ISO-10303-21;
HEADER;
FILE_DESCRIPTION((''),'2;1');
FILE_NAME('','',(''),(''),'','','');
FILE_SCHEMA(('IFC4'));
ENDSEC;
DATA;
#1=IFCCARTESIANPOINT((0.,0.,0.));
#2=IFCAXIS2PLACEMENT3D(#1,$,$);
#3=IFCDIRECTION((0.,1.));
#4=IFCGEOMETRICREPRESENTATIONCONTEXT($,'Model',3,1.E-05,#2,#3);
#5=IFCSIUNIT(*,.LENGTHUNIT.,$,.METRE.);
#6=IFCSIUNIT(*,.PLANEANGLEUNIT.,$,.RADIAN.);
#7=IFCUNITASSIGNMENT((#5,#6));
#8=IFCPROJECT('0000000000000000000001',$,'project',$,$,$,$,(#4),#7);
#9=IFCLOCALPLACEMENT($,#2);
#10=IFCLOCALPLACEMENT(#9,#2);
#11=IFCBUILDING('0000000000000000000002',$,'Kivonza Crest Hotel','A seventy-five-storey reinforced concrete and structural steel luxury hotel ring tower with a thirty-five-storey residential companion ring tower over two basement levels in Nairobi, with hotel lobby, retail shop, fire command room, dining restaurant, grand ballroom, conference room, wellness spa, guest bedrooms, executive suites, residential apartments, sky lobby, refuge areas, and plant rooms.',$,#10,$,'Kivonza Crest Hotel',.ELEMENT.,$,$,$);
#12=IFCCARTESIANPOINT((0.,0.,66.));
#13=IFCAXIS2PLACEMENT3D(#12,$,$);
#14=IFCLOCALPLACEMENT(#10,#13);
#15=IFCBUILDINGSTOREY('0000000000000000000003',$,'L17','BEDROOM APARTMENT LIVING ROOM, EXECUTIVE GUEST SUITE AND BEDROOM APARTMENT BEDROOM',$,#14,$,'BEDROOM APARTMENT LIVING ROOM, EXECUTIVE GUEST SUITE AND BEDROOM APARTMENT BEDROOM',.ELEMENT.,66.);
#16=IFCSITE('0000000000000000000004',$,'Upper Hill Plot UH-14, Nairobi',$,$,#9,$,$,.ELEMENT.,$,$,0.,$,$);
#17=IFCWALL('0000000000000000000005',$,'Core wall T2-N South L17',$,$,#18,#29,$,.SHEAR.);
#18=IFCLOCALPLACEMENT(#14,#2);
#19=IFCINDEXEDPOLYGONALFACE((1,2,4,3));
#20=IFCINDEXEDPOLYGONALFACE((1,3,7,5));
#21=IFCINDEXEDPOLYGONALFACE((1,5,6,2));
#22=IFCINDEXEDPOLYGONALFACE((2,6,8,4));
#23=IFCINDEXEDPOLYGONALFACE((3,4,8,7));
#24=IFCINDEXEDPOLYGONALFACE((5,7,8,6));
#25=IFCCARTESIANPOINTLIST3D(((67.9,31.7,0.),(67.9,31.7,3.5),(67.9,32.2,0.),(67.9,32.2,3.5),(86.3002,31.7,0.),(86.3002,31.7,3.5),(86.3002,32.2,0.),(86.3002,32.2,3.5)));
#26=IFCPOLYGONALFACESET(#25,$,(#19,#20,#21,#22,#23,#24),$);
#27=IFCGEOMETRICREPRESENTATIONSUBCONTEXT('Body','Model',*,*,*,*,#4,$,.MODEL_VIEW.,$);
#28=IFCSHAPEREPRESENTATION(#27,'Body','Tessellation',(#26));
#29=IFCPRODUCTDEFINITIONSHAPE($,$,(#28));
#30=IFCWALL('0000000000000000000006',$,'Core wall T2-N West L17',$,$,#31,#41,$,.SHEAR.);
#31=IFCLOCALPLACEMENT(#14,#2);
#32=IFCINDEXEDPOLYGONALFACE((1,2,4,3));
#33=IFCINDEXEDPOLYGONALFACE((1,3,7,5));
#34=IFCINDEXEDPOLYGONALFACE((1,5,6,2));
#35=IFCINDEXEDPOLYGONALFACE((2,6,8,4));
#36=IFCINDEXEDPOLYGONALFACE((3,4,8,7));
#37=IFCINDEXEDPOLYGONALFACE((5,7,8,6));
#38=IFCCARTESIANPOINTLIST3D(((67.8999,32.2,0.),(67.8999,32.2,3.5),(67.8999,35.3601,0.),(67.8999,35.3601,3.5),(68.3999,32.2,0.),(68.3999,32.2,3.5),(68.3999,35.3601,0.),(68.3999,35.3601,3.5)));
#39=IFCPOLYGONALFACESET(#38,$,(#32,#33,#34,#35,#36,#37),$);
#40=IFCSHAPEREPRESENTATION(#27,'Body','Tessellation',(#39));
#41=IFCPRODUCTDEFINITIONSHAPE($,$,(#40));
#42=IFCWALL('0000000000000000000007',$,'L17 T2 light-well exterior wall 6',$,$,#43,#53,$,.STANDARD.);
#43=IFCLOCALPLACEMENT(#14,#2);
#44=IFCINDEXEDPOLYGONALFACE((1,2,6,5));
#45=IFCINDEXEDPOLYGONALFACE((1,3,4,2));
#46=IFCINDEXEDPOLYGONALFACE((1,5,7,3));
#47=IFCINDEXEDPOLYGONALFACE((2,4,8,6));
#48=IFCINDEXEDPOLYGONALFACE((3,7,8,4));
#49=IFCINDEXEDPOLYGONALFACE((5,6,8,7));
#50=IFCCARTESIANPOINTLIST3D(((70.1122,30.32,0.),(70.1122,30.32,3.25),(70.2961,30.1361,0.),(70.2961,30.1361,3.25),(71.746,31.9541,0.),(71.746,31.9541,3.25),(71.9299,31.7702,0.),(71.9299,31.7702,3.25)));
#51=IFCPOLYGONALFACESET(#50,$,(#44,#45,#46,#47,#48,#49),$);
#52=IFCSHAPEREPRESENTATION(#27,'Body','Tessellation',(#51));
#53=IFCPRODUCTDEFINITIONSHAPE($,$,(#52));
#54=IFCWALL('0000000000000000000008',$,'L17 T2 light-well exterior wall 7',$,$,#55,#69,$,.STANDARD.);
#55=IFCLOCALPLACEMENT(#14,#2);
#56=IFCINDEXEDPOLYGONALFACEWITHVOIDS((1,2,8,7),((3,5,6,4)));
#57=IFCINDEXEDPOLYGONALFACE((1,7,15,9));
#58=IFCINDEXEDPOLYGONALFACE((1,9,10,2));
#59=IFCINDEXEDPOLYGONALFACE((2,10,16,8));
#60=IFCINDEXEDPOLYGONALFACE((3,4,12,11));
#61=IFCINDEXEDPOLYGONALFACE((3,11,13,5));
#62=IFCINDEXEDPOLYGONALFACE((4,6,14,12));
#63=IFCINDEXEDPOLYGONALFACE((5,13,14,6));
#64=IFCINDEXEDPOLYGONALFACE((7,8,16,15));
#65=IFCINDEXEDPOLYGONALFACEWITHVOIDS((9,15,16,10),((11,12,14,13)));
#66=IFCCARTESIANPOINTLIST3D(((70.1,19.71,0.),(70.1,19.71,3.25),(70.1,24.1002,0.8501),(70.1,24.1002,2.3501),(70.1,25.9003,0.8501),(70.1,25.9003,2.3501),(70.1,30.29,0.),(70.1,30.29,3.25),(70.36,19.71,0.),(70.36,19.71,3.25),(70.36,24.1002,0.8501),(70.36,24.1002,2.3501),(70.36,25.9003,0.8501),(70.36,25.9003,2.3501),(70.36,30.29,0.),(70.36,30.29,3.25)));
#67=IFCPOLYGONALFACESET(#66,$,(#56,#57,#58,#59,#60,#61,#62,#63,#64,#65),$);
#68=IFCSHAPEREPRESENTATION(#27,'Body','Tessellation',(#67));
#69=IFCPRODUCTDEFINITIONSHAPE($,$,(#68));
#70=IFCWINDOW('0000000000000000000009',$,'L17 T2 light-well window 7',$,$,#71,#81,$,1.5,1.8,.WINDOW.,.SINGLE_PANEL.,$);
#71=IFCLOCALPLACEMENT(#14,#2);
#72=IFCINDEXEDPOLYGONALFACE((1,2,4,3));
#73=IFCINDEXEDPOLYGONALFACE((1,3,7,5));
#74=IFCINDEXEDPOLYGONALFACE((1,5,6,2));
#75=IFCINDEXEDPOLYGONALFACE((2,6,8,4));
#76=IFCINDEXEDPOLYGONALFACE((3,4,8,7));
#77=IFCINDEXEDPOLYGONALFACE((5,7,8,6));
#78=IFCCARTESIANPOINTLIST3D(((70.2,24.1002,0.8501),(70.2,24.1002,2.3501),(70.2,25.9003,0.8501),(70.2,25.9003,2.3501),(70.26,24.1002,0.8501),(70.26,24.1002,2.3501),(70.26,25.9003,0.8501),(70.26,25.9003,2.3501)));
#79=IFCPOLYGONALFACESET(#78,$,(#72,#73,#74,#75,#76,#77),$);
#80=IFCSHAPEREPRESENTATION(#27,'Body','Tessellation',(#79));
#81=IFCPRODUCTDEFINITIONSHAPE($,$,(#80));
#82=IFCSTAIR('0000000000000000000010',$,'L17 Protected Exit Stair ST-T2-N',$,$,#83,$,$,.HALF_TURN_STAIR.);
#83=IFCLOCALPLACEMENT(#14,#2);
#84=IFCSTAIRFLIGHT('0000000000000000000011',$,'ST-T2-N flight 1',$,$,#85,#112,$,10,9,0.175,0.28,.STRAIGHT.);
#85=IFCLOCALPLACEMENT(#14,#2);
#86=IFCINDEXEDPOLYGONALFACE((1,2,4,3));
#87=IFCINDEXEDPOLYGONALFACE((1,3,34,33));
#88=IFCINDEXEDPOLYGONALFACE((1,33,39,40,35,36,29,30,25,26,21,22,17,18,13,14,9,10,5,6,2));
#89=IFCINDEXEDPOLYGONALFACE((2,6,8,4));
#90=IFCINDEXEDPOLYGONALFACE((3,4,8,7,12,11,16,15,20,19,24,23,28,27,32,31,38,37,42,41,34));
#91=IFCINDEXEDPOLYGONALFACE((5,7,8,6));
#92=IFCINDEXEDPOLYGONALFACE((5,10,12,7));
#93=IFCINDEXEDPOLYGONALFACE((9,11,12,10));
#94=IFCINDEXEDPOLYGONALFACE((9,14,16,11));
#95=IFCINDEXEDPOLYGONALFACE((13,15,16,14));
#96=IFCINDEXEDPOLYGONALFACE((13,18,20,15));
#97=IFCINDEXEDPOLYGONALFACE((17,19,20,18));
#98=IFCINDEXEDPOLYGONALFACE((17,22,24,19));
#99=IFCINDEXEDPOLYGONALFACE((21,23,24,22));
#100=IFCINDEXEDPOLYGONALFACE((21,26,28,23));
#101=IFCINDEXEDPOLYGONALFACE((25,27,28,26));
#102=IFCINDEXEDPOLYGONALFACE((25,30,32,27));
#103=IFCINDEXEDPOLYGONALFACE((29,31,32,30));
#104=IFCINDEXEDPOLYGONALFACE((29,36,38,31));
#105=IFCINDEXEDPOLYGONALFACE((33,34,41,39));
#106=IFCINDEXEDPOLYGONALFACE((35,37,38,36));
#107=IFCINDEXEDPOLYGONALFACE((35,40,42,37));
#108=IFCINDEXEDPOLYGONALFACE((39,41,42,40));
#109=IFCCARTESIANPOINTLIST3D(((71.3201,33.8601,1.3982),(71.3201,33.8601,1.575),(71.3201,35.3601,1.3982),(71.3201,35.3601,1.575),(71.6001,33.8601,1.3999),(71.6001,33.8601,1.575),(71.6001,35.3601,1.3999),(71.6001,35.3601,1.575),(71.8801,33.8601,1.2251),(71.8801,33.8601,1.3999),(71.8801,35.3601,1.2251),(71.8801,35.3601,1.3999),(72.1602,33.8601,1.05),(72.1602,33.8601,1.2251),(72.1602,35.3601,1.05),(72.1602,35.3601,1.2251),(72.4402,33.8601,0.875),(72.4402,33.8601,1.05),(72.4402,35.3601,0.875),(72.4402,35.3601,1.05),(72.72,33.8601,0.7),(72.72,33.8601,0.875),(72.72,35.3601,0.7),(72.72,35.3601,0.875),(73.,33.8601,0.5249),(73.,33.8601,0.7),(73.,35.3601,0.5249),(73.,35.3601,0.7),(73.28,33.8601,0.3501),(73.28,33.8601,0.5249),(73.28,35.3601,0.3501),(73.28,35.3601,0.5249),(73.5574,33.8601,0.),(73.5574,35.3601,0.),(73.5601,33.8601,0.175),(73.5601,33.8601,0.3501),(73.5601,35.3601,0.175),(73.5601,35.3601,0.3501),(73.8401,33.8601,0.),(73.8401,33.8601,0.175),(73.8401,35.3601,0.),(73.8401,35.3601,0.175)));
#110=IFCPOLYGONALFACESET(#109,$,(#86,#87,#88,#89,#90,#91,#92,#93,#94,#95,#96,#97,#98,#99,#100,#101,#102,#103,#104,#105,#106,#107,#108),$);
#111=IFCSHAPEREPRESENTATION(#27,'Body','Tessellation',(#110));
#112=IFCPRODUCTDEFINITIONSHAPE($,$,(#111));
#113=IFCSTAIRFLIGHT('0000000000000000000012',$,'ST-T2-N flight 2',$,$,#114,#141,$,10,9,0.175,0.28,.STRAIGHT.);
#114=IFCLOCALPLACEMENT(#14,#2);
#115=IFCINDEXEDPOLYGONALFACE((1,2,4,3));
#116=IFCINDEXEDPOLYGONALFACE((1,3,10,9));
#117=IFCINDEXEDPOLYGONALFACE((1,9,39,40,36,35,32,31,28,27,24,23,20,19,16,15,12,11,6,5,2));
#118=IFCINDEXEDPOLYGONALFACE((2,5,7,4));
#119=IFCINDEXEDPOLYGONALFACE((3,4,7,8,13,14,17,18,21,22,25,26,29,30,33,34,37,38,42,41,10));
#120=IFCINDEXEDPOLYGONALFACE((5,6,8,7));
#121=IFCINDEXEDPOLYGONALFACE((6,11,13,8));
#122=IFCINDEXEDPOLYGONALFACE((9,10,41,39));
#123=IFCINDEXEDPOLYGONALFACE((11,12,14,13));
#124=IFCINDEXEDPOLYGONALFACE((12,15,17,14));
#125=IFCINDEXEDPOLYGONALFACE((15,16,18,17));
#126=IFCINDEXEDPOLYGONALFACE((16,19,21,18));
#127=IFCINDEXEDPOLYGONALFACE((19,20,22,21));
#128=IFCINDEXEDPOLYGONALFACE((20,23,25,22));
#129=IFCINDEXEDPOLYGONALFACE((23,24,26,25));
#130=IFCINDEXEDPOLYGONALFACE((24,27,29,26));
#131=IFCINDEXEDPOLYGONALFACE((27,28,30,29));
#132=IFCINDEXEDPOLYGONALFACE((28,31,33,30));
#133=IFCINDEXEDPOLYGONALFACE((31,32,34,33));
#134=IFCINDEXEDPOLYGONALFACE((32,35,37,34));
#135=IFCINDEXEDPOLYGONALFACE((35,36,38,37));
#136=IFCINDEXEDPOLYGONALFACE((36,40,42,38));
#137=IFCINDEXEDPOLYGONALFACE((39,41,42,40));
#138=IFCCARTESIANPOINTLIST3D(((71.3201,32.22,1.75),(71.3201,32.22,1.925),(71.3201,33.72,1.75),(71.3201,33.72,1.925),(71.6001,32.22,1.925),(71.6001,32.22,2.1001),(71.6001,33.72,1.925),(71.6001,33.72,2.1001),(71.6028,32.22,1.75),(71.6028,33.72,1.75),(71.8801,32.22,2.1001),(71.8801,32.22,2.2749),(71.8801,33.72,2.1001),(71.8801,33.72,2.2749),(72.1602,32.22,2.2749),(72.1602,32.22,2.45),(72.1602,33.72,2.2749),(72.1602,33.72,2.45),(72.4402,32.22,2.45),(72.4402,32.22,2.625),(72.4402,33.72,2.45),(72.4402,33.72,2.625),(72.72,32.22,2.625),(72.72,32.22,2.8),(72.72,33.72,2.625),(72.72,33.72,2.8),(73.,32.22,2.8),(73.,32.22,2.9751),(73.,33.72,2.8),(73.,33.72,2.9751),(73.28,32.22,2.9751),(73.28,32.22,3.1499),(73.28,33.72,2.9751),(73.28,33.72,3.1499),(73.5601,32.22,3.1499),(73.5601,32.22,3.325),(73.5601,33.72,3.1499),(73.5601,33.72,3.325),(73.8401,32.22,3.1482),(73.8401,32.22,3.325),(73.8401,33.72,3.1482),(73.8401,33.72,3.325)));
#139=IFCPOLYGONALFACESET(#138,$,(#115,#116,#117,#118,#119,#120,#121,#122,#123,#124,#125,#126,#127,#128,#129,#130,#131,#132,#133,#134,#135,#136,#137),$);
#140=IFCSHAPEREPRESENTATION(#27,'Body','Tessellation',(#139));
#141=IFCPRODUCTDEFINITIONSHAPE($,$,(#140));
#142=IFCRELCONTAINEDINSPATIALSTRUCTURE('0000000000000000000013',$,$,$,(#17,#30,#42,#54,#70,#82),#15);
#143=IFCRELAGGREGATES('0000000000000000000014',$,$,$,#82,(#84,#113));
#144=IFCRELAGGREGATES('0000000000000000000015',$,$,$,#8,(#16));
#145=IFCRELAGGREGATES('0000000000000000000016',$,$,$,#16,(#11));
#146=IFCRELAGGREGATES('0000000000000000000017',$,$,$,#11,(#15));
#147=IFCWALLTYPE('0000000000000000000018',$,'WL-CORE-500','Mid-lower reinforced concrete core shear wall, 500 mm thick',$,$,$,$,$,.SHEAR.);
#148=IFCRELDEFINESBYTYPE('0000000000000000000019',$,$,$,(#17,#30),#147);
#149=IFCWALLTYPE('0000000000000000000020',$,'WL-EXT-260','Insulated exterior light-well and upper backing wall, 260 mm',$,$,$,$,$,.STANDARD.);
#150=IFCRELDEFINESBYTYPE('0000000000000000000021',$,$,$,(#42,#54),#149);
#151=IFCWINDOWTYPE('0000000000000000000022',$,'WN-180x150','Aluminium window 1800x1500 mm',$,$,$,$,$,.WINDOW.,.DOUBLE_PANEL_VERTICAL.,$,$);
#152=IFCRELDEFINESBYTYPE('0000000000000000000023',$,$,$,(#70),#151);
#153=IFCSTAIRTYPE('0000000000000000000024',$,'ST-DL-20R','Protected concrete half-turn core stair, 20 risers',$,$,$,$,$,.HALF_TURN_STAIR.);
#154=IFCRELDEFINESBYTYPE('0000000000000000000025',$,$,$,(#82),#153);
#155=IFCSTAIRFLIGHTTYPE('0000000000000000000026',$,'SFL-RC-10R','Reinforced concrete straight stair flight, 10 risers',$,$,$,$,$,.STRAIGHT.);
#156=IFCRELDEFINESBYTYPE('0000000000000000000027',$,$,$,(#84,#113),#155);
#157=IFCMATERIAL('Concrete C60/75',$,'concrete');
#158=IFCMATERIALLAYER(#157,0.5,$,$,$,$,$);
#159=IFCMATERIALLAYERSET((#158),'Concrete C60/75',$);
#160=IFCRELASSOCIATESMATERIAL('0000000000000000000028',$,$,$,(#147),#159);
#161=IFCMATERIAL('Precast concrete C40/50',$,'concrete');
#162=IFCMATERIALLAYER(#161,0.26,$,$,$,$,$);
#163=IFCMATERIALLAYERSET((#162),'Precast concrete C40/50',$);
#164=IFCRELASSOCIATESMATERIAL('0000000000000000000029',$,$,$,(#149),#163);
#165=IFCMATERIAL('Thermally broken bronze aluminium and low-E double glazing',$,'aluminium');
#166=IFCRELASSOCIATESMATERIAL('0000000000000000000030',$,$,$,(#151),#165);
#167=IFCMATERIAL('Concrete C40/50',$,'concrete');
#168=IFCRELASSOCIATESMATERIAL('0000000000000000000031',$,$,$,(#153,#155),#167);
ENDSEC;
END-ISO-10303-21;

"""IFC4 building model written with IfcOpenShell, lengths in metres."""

from ifc_helpers import new_model, si_unit, direction, frame, frame_2d, origin, place, context, subcontext, project, spatial, polyline, rectangle, outline, extrude, material, layer, layer_set, type_object, element, fill, aggregate, save


model = new_model("IFC4")

# Units and contexts
model_context = context("Model", 3, precision=1e-05, world=origin(), true_north=direction((0.0, 1.0)))
body_context = subcontext(model_context, "Body", "Model", "MODEL_VIEW")
ifc_project = project(units=[si_unit("LENGTHUNIT", "METRE"), si_unit("PLANEANGLEUNIT", "RADIAN")], contexts=[model_context])

# Site, building, storey
site_placement = place(None, origin())
site = spatial("IfcSite", under=ifc_project, at=site_placement, Name="Upper Hill Plot UH-14, Nairobi", CompositionType="ELEMENT", RefElevation=0.0)
building_placement = place(site_placement, origin())
building = spatial("IfcBuilding", under=site, at=building_placement, Name="Kivonza Crest Hotel", Description="A seventy-five-storey reinforced concrete and structural steel luxury hotel ring tower with a thirty-five-storey residential companion ring tower over two basement levels in Nairobi, with hotel lobby, retail shop, fire command room, dining restaurant, grand ballroom, conference room, wellness spa, guest bedrooms, executive suites, residential apartments, sky lobby, refuge areas, and plant rooms.", LongName="Kivonza Crest Hotel", CompositionType="ELEMENT")
storey_placement = place(building_placement, frame((0.0, 0.0, 66.0)))
storey = spatial("IfcBuildingStorey", under=building, at=storey_placement, Name="L17", Description="BEDROOM APARTMENT LIVING ROOM, EXECUTIVE GUEST SUITE AND BEDROOM APARTMENT BEDROOM", LongName="BEDROOM APARTMENT LIVING ROOM, EXECUTIVE GUEST SUITE AND BEDROOM APARTMENT BEDROOM", CompositionType="ELEMENT", Elevation=66.0)

# Walls
ifc_material_1 = material(Name="Concrete C60/75", Category="concrete")
ifc_layer_1 = layer(ifc_material_1, 0.5)
ifc_layer_set_1 = layer_set([ifc_layer_1], Name="Concrete C60/75")
wall_type_1 = type_object("IfcWallType", Name="WL-CORE-500", Description="Mid-lower reinforced concrete core shear wall, 500 mm thick", PredefinedType="SHEAR", material=ifc_layer_set_1)
wall_1_placement = place(storey_placement, frame((67.8999, 31.95, 0.0), z_axis=(0.0, 0.0, 1.0), x_axis=(1.0, 0.0, 0.0)))
element("IfcWall", 1, at=wall_1_placement, inside=storey, type_object=wall_type_1, Name="Core wall T2-N South L17", PredefinedType="SHEAR", context=body_context, shape_type="SweptSolid", body=[
    extrude(rectangle(XDim=18.4001, YDim=0.5, at=frame_2d((9.2002, 0.0))), origin(), (0.0, 0.0, 1.0), 3.5),
])
wall_2_placement = place(storey_placement, frame((68.1499, 32.2, 0.0), z_axis=(0.0, 0.0, 1.0), x_axis=(0.0, 1.0, 0.0)))
element("IfcWall", 2, at=wall_2_placement, inside=storey, type_object=wall_type_1, Name="Core wall T2-N West L17", PredefinedType="SHEAR", context=body_context, shape_type="SweptSolid", body=[
    extrude(rectangle(XDim=3.1602, YDim=0.5, at=frame_2d((1.5801, 0.0))), origin(), (0.0, 0.0, 1.0), 3.5),
])
ifc_material_2 = material(Name="Precast concrete C40/50", Category="concrete")
ifc_layer_2 = layer(ifc_material_2, 0.26)
ifc_layer_set_2 = layer_set([ifc_layer_2], Name="Precast concrete C40/50")
wall_type_2 = type_object("IfcWallType", Name="WL-EXT-260", Description="Insulated exterior light-well and upper backing wall, 260 mm", PredefinedType="STANDARD", material=ifc_layer_set_2)
wall_3_placement = place(storey_placement, frame((71.8379, 31.8621, 0.0), z_axis=(0.0, 0.0, 1.0), x_axis=(-0.707054, -0.70716, 0.0)))
element("IfcWall", 3, at=wall_3_placement, inside=storey, type_object=wall_type_2, Name="L17 T2 light-well exterior wall 6", PredefinedType="STANDARD", context=body_context, shape_type="SweptSolid", body=[
    extrude(rectangle(XDim=2.3108, YDim=0.26, at=frame_2d((1.1553, 0.0))), origin(), (0.0, 0.0, 1.0), 3.25),
])

# Wall, opening, window
wall_4_placement = place(storey_placement, frame((70.23, 30.29, 0.0), z_axis=(0.0, 0.0, 1.0), x_axis=(0.0, -1.0, 0.0)))
wall_4 = element("IfcWall", 4, at=wall_4_placement, inside=storey, type_object=wall_type_2, Name="L17 T2 light-well exterior wall 7", PredefinedType="STANDARD", context=body_context, shape_type="SweptSolid", body=[
    extrude(rectangle(XDim=10.5801, YDim=0.26, at=frame_2d((5.29, 0.0))), origin(), (0.0, 0.0, 1.0), 3.25),
])
opening_1_placement = place(wall_4_placement, frame((4.3899, 0.0, 0.8501)))
opening_1 = element("IfcOpeningElement", 5, at=opening_1_placement, cuts=wall_4, PredefinedType="OPENING", context=body_context, shape_type="SweptSolid", body=[
    extrude(rectangle(XDim=1.8, YDim=1.5, at=frame_2d((0.8999, 0.75))), frame((0.0, 0.1401, 0.0), z_axis=(0.0, -1.0, 0.0), x_axis=(1.0, 0.0, 0.0)), (0.0, 0.0, 1.0), 0.28),
])
ifc_material_3 = material(Name="Thermally broken bronze aluminium and low-E double glazing", Category="aluminium")
window_type = type_object("IfcWindowType", Name="WN-180x150", Description="Aluminium window 1800x1500 mm", PartitioningType="DOUBLE_PANEL_VERTICAL", PredefinedType="WINDOW", material=ifc_material_3)
window_placement = place(opening_1_placement, origin())
window = element("IfcWindow", 6, at=window_placement, inside=storey, type_object=window_type, Name="L17 T2 light-well window 7", OverallHeight=1.5, OverallWidth=1.8, PartitioningType="SINGLE_PANEL", PredefinedType="WINDOW", context=body_context, shape_type="SweptSolid", body=[
    extrude(rectangle(XDim=1.8, YDim=1.5, at=frame_2d((0.8999, 0.75))), frame((0.0, 0.03, 0.0), z_axis=(0.0, -1.0, 0.0), x_axis=(1.0, 0.0, 0.0)), (0.0, 0.0, 1.0), 0.0601),
])
fill(opening_1, window)

# Stair, stair flights
ifc_material_4 = material(Name="Concrete C40/50", Category="concrete")
stair_type = type_object("IfcStairType", Name="ST-DL-20R", Description="Protected concrete half-turn core stair, 20 risers", PredefinedType="HALF_TURN_STAIR", material=ifc_material_4)
stair_placement = place(storey_placement, origin())
stair = element("IfcStair", 7, at=stair_placement, inside=storey, type_object=stair_type, Name="L17 Protected Exit Stair ST-T2-N", PredefinedType="HALF_TURN_STAIR")
stair_flight_type = type_object("IfcStairFlightType", Name="SFL-RC-10R", Description="Reinforced concrete straight stair flight, 10 risers", PredefinedType="STRAIGHT", material=ifc_material_4)
stair_flight_1_placement = place(storey_placement, frame((73.8401, 34.6101, 0.0), z_axis=(0.0, 0.0, 1.0), x_axis=(-1.0, 0.0, 0.0)))
stair_flight_1 = element("IfcStairFlight", 8, at=stair_flight_1_placement, type_object=stair_flight_type, Name="ST-T2-N flight 1", NumberOfRisers=10, NumberOfTreads=9, PredefinedType="STRAIGHT", RiserHeight=0.175, TreadLength=0.28, context=body_context, shape_type="SweptSolid", body=[
    extrude(outline(polyline([(0.0, 0.0), (0.0, 0.175), (0.28, 0.175), (0.28, 0.3501), (0.5601, 0.3501), (0.5601, 0.5249), (0.8401, 0.5249), (0.8401, 0.7), (1.1201, 0.7), (1.1201, 0.875), (1.3999, 0.875), (1.3999, 1.05), (1.6799, 1.05), (1.6799, 1.2251), (1.96, 1.2251), (1.96, 1.3999), (2.24, 1.3999), (2.24, 1.575), (2.52, 1.575), (2.52, 1.75), (2.52, 1.3982), (0.2827, 0.0), (0.0, 0.0)])), frame((0.0, 0.75, 0.0), z_axis=(0.0, -1.0, 0.0), x_axis=(1.0, 0.0, 0.0)), (0.0, 0.0, 1.0), 1.5),
])
stair_flight_2_placement = place(storey_placement, frame((71.3201, 32.97, 1.75), z_axis=(0.0, 0.0, 1.0), x_axis=(1.0, 0.0, 0.0)))
stair_flight_2 = element("IfcStairFlight", 9, at=stair_flight_2_placement, type_object=stair_flight_type, Name="ST-T2-N flight 2", NumberOfRisers=10, NumberOfTreads=9, PredefinedType="STRAIGHT", RiserHeight=0.175, TreadLength=0.28, context=body_context, shape_type="SweptSolid", body=[
    extrude(outline(polyline([(0.0, 0.0), (0.0, 0.175), (0.28, 0.175), (0.28, 0.3501), (0.5601, 0.3501), (0.5601, 0.5249), (0.8401, 0.5249), (0.8401, 0.7), (1.1201, 0.7), (1.1201, 0.875), (1.3999, 0.875), (1.3999, 1.05), (1.6799, 1.05), (1.6799, 1.2251), (1.96, 1.2251), (1.96, 1.3999), (2.24, 1.3999), (2.24, 1.575), (2.52, 1.575), (2.52, 1.75), (2.52, 1.3982), (0.2827, 0.0), (0.0, 0.0)])), frame((0.0, 0.75, 0.0), z_axis=(0.0, -1.0, 0.0), x_axis=(1.0, 0.0, 0.0)), (0.0, 0.0, 1.0), 1.5),
])
aggregate(stair, [stair_flight_1, stair_flight_2])

save(model, "model.ifc")
